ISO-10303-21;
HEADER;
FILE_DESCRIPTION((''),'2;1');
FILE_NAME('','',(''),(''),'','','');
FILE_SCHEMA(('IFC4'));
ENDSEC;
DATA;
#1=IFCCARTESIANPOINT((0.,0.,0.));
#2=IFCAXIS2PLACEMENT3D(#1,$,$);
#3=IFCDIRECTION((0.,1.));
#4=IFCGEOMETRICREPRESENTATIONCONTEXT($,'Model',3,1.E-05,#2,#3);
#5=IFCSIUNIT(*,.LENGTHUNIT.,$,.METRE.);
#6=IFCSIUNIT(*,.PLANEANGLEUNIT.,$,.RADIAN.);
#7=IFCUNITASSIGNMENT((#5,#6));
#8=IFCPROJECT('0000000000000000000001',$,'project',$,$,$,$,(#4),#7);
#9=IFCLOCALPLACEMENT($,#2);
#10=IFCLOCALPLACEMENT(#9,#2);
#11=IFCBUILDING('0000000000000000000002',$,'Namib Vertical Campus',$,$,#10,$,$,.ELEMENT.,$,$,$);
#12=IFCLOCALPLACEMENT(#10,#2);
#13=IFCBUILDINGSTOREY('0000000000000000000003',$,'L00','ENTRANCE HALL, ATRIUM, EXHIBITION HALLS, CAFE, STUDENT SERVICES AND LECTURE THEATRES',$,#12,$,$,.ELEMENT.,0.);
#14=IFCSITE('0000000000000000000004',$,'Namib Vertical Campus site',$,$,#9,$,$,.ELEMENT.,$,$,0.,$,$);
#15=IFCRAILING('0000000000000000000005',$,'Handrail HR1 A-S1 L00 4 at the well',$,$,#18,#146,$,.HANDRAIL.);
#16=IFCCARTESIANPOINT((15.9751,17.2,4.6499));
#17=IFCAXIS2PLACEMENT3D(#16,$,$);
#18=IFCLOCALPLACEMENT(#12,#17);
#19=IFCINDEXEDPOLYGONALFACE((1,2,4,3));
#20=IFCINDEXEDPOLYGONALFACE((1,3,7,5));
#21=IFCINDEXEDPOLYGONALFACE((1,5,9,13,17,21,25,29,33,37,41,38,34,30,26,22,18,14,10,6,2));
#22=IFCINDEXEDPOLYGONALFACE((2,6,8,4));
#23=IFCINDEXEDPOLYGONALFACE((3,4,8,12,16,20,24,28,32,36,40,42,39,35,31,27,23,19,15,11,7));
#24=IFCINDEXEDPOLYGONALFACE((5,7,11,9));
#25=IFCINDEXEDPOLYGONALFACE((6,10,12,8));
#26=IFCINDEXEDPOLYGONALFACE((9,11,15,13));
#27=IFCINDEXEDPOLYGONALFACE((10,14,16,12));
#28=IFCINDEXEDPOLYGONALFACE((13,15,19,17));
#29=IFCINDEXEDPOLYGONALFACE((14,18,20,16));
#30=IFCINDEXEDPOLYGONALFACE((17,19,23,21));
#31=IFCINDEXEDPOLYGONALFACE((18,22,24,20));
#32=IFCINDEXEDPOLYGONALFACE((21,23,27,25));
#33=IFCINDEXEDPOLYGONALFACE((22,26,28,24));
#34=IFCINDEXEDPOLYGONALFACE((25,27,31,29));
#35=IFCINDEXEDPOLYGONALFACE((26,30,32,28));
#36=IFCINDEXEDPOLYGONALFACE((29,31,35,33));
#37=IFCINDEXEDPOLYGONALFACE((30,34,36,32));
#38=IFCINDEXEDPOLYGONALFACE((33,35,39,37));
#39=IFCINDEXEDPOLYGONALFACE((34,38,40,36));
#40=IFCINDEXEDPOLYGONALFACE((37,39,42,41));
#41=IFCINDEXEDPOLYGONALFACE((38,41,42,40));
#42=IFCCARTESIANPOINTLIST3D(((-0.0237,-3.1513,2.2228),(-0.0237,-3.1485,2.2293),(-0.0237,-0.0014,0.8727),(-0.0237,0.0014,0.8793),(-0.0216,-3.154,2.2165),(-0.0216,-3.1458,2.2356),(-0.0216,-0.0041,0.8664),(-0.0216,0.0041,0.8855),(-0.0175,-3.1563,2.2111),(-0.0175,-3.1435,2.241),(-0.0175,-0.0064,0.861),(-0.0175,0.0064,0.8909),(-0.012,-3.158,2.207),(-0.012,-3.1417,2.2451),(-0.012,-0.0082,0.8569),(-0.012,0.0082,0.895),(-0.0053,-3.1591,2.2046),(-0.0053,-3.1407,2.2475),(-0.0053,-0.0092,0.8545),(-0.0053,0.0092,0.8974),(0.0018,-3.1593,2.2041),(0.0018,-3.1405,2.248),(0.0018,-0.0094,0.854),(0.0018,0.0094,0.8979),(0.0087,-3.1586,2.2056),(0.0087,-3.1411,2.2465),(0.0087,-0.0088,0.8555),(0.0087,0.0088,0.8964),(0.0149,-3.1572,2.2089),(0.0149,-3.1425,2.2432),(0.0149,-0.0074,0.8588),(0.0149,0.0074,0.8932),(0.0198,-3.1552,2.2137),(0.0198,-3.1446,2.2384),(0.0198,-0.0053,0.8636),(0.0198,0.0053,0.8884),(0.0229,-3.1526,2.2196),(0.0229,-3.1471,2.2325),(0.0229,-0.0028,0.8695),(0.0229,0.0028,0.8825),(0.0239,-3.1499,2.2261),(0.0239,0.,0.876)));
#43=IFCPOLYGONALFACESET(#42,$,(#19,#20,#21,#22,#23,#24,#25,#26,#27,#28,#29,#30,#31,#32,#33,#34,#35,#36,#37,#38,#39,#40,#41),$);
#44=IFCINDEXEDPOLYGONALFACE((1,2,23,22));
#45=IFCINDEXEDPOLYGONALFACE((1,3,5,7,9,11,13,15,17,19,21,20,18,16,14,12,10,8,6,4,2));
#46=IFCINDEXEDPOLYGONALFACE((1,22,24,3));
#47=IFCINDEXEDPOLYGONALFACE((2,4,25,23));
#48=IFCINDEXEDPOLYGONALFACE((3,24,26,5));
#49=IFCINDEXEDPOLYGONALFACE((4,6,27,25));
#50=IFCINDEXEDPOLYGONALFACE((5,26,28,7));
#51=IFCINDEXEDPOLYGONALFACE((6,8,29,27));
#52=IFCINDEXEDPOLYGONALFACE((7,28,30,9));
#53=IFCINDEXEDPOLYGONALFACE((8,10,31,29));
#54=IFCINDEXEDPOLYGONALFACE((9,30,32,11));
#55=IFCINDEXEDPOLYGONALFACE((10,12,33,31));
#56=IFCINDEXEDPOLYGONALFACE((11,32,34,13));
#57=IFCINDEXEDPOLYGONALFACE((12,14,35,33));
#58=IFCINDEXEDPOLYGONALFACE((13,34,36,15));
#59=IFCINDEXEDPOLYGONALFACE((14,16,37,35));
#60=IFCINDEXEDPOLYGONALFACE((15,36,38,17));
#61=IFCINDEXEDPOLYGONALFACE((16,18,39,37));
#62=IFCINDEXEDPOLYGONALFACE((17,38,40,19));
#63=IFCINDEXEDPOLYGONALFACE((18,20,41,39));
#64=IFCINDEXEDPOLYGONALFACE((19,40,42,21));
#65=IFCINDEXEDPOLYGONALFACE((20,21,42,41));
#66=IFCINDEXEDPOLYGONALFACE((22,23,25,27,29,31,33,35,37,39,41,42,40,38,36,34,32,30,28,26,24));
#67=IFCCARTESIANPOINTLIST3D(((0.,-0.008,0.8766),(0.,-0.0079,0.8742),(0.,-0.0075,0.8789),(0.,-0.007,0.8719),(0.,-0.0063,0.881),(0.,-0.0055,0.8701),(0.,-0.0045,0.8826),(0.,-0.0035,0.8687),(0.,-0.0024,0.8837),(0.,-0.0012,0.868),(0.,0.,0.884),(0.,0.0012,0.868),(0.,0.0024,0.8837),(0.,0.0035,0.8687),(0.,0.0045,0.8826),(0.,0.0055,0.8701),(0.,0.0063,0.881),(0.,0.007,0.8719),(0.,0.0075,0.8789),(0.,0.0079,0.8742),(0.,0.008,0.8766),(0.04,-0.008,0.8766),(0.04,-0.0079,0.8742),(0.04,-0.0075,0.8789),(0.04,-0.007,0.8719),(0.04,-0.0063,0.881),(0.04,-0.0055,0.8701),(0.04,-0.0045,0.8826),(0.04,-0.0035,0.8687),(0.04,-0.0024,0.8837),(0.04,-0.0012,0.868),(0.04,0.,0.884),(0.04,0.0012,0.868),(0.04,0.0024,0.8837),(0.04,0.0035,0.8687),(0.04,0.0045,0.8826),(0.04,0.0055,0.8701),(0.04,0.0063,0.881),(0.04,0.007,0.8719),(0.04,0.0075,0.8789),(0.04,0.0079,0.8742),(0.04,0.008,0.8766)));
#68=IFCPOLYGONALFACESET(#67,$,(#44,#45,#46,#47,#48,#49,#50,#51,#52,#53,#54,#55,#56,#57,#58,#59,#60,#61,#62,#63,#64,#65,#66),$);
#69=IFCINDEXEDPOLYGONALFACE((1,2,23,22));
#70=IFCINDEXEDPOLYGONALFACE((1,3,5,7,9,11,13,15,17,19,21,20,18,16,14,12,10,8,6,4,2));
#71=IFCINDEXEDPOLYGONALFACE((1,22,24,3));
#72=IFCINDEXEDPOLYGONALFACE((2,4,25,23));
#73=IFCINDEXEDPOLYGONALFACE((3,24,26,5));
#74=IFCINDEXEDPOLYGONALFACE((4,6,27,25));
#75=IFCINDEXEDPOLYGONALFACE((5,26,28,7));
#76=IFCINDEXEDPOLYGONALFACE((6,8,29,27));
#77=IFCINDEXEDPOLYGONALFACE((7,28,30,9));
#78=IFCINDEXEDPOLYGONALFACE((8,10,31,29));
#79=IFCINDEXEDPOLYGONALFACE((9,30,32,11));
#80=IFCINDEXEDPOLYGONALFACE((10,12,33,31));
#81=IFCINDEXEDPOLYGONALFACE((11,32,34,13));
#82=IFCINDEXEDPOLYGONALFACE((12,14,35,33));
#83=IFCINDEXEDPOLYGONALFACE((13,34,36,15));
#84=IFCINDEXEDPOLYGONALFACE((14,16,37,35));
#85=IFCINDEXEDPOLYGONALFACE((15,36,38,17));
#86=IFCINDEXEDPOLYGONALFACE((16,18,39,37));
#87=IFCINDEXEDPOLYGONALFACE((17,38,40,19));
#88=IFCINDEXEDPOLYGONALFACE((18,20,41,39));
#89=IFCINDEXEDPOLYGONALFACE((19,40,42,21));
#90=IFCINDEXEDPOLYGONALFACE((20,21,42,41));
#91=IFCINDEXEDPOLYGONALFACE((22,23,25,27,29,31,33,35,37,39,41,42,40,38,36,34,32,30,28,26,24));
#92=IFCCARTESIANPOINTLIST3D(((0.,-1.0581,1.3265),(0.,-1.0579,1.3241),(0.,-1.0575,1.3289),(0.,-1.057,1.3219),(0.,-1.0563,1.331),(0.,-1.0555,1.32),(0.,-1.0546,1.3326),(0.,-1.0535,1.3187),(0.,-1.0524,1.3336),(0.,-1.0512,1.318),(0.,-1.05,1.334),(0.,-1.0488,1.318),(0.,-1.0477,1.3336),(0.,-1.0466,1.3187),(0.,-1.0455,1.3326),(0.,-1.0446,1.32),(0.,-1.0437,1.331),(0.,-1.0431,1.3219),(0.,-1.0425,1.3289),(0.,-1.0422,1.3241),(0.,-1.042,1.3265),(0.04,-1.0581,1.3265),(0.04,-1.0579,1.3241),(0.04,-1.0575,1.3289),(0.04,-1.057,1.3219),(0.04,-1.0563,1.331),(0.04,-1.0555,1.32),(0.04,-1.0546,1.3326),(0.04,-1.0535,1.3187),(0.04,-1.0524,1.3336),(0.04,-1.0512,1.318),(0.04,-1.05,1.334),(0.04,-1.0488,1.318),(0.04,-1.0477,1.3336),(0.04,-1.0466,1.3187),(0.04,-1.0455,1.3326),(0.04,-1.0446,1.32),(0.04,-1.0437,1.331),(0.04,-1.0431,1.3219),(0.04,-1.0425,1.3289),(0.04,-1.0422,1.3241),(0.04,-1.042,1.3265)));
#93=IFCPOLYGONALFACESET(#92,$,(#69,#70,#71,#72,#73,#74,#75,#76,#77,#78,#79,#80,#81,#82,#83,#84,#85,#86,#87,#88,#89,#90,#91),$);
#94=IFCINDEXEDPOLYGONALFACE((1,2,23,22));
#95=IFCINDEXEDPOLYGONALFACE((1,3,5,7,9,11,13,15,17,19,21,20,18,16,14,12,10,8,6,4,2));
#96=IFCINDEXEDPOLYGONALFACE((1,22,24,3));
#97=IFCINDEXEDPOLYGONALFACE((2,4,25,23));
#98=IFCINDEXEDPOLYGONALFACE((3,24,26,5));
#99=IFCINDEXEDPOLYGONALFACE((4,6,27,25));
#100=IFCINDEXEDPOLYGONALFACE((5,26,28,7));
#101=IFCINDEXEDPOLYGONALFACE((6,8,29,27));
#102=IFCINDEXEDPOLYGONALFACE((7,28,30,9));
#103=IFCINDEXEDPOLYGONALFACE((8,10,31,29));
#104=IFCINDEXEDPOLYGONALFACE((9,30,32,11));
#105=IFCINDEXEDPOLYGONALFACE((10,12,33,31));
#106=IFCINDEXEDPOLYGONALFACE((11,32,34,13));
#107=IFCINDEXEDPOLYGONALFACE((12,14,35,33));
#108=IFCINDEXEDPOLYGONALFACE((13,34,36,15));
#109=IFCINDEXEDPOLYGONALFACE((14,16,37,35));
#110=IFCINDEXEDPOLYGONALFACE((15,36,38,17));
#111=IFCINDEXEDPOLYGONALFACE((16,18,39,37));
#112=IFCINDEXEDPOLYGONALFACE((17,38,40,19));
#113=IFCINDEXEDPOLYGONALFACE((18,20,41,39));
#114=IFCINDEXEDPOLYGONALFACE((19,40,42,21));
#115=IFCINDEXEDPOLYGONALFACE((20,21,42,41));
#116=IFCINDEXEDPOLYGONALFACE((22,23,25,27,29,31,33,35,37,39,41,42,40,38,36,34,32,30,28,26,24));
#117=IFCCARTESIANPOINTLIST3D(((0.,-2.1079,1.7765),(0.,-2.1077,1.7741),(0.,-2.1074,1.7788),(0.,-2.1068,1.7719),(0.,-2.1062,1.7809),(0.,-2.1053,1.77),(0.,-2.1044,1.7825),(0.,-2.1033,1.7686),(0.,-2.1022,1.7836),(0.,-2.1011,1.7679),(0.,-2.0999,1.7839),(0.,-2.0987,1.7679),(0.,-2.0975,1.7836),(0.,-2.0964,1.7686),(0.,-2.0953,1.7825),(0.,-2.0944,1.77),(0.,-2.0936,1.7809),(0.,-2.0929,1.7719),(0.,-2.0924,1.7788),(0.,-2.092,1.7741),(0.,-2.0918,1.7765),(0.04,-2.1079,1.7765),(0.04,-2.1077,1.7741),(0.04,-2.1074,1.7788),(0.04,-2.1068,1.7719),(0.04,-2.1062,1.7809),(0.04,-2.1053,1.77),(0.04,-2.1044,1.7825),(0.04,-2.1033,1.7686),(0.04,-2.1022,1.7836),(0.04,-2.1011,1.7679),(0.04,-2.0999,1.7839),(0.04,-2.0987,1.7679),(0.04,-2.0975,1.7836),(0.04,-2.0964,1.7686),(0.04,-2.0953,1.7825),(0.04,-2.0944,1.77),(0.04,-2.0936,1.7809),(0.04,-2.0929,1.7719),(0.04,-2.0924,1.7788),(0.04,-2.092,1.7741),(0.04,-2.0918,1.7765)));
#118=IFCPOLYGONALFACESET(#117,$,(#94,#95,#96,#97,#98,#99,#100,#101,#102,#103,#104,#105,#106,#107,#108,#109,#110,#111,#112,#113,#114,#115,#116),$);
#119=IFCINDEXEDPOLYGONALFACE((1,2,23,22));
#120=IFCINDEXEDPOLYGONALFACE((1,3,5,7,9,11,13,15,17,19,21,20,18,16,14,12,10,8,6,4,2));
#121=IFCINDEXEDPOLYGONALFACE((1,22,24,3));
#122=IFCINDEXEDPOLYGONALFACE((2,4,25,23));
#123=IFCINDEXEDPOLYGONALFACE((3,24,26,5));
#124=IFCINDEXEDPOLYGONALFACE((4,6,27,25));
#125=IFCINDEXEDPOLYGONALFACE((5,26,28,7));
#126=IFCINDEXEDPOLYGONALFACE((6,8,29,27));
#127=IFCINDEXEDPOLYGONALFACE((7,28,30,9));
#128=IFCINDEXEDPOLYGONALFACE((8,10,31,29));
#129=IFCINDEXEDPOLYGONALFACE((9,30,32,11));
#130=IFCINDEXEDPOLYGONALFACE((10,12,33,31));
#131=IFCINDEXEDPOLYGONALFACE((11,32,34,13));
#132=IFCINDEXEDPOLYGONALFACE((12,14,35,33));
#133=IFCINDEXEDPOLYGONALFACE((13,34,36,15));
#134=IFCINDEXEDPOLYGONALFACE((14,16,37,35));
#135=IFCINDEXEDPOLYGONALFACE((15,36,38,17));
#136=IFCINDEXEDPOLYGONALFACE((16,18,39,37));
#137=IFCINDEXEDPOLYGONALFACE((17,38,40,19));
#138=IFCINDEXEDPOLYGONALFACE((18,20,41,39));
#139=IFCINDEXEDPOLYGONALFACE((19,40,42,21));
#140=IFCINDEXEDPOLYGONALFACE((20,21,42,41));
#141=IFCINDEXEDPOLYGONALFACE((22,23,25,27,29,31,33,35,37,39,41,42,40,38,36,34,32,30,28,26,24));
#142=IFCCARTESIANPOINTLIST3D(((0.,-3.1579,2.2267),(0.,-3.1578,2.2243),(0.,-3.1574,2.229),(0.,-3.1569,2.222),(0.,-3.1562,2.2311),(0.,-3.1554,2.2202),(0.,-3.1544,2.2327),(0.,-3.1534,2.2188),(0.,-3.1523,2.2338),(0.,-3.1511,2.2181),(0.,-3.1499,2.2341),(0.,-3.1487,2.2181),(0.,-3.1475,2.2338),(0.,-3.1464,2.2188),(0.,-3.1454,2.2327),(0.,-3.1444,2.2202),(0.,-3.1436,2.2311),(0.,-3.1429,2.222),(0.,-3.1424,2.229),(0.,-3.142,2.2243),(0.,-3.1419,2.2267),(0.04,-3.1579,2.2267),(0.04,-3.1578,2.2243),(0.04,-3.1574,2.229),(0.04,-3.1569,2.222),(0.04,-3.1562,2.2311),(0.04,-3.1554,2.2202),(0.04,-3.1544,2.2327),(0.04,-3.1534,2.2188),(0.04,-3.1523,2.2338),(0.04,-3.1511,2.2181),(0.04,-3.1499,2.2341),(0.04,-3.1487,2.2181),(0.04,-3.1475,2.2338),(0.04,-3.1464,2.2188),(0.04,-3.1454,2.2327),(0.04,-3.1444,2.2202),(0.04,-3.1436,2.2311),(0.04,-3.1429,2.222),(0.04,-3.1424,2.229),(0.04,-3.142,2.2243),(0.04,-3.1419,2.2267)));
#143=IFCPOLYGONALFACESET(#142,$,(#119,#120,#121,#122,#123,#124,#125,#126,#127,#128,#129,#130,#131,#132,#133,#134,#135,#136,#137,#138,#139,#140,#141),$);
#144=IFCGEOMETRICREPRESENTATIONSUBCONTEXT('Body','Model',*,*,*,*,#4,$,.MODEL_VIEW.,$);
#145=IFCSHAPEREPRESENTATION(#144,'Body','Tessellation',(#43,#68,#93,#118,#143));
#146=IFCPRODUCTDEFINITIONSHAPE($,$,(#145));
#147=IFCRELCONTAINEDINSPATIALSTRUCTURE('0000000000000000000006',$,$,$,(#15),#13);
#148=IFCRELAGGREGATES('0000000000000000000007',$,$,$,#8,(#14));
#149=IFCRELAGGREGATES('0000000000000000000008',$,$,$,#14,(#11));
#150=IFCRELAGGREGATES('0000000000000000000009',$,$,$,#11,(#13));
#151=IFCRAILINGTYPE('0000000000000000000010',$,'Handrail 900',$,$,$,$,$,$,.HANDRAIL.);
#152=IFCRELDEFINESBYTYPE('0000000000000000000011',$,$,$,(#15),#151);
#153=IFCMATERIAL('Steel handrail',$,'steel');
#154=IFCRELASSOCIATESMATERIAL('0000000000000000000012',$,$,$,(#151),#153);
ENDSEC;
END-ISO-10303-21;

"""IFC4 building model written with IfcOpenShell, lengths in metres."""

from ifc_helpers import new_model, si_unit, direction, frame, origin, origin_2d, place, context, subcontext, project, spatial, circle, extrude, material, type_object, element, save


model = new_model("IFC4")

# Units and contexts
model_context = context("Model", 3, precision=1e-05, world=origin(), true_north=direction((0.0, 1.0)))
body_context = subcontext(model_context, "Body", "Model", "MODEL_VIEW")
ifc_project = project(units=[si_unit("LENGTHUNIT", "METRE"), si_unit("PLANEANGLEUNIT", "RADIAN")], contexts=[model_context])

# Site, building, storey
site_placement = place(None, origin())
site = spatial("IfcSite", under=ifc_project, at=site_placement, Name="Namib Vertical Campus site", CompositionType="ELEMENT", RefElevation=0.0)
building_placement = place(site_placement, origin())
building = spatial("IfcBuilding", under=site, at=building_placement, Name="Namib Vertical Campus", CompositionType="ELEMENT")
storey_placement = place(building_placement, origin())
storey = spatial("IfcBuildingStorey", under=building, at=storey_placement, Name="L00", Description="ENTRANCE HALL, ATRIUM, EXHIBITION HALLS, CAFE, STUDENT SERVICES AND LECTURE THEATRES", CompositionType="ELEMENT", Elevation=0.0)

# Railing
ifc_material_1 = material(Name="Steel handrail", Category="steel")
railing_type = type_object("IfcRailingType", Name="Handrail 900", PredefinedType="HANDRAIL", material=ifc_material_1)
for number, where, name in (
    (1, (15.9751, 17.2, 4.6499), "Handrail HR1 A-S1 L00 4 at the well"),
):
    element("IfcRailing", number, at=place(storey_placement, frame(where)), inside=storey, type_object=railing_type, Name=name, PredefinedType="HANDRAIL", context=body_context, shape_type="SweptSolid", body=[
        extrude(circle(Radius=0.0239, at=origin_2d()), frame((0.0, 0.0, 0.876), z_axis=(0.0, -0.91913, 0.393954), x_axis=(1.0, 0.0, 0.0)), (0.0, 0.0, 1.0), 3.427),
        extrude(circle(Radius=0.0081, at=origin_2d()), frame((0.0, 0.0, 0.876), z_axis=(1.0, 0.0, 0.0), x_axis=(0.0, 0.0, 1.0)), (0.0, 0.0, 1.0), 0.04),
        extrude(circle(Radius=0.0081, at=origin_2d()), frame((0.0, -1.05, 1.3259), z_axis=(1.0, 0.0, 0.0), x_axis=(0.0, 0.0, 1.0)), (0.0, 0.0, 1.0), 0.04),
        extrude(circle(Radius=0.0081, at=origin_2d()), frame((0.0, -2.0999, 1.7759), z_axis=(1.0, 0.0, 0.0), x_axis=(0.0, 0.0, 1.0)), (0.0, 0.0, 1.0), 0.04),
        extrude(circle(Radius=0.0081, at=origin_2d()), frame((0.0, -3.1499, 2.2261), z_axis=(1.0, 0.0, 0.0), x_axis=(0.0, 0.0, 1.0)), (0.0, 0.0, 1.0), 0.04),
    ])

save(model, "model.ifc")
